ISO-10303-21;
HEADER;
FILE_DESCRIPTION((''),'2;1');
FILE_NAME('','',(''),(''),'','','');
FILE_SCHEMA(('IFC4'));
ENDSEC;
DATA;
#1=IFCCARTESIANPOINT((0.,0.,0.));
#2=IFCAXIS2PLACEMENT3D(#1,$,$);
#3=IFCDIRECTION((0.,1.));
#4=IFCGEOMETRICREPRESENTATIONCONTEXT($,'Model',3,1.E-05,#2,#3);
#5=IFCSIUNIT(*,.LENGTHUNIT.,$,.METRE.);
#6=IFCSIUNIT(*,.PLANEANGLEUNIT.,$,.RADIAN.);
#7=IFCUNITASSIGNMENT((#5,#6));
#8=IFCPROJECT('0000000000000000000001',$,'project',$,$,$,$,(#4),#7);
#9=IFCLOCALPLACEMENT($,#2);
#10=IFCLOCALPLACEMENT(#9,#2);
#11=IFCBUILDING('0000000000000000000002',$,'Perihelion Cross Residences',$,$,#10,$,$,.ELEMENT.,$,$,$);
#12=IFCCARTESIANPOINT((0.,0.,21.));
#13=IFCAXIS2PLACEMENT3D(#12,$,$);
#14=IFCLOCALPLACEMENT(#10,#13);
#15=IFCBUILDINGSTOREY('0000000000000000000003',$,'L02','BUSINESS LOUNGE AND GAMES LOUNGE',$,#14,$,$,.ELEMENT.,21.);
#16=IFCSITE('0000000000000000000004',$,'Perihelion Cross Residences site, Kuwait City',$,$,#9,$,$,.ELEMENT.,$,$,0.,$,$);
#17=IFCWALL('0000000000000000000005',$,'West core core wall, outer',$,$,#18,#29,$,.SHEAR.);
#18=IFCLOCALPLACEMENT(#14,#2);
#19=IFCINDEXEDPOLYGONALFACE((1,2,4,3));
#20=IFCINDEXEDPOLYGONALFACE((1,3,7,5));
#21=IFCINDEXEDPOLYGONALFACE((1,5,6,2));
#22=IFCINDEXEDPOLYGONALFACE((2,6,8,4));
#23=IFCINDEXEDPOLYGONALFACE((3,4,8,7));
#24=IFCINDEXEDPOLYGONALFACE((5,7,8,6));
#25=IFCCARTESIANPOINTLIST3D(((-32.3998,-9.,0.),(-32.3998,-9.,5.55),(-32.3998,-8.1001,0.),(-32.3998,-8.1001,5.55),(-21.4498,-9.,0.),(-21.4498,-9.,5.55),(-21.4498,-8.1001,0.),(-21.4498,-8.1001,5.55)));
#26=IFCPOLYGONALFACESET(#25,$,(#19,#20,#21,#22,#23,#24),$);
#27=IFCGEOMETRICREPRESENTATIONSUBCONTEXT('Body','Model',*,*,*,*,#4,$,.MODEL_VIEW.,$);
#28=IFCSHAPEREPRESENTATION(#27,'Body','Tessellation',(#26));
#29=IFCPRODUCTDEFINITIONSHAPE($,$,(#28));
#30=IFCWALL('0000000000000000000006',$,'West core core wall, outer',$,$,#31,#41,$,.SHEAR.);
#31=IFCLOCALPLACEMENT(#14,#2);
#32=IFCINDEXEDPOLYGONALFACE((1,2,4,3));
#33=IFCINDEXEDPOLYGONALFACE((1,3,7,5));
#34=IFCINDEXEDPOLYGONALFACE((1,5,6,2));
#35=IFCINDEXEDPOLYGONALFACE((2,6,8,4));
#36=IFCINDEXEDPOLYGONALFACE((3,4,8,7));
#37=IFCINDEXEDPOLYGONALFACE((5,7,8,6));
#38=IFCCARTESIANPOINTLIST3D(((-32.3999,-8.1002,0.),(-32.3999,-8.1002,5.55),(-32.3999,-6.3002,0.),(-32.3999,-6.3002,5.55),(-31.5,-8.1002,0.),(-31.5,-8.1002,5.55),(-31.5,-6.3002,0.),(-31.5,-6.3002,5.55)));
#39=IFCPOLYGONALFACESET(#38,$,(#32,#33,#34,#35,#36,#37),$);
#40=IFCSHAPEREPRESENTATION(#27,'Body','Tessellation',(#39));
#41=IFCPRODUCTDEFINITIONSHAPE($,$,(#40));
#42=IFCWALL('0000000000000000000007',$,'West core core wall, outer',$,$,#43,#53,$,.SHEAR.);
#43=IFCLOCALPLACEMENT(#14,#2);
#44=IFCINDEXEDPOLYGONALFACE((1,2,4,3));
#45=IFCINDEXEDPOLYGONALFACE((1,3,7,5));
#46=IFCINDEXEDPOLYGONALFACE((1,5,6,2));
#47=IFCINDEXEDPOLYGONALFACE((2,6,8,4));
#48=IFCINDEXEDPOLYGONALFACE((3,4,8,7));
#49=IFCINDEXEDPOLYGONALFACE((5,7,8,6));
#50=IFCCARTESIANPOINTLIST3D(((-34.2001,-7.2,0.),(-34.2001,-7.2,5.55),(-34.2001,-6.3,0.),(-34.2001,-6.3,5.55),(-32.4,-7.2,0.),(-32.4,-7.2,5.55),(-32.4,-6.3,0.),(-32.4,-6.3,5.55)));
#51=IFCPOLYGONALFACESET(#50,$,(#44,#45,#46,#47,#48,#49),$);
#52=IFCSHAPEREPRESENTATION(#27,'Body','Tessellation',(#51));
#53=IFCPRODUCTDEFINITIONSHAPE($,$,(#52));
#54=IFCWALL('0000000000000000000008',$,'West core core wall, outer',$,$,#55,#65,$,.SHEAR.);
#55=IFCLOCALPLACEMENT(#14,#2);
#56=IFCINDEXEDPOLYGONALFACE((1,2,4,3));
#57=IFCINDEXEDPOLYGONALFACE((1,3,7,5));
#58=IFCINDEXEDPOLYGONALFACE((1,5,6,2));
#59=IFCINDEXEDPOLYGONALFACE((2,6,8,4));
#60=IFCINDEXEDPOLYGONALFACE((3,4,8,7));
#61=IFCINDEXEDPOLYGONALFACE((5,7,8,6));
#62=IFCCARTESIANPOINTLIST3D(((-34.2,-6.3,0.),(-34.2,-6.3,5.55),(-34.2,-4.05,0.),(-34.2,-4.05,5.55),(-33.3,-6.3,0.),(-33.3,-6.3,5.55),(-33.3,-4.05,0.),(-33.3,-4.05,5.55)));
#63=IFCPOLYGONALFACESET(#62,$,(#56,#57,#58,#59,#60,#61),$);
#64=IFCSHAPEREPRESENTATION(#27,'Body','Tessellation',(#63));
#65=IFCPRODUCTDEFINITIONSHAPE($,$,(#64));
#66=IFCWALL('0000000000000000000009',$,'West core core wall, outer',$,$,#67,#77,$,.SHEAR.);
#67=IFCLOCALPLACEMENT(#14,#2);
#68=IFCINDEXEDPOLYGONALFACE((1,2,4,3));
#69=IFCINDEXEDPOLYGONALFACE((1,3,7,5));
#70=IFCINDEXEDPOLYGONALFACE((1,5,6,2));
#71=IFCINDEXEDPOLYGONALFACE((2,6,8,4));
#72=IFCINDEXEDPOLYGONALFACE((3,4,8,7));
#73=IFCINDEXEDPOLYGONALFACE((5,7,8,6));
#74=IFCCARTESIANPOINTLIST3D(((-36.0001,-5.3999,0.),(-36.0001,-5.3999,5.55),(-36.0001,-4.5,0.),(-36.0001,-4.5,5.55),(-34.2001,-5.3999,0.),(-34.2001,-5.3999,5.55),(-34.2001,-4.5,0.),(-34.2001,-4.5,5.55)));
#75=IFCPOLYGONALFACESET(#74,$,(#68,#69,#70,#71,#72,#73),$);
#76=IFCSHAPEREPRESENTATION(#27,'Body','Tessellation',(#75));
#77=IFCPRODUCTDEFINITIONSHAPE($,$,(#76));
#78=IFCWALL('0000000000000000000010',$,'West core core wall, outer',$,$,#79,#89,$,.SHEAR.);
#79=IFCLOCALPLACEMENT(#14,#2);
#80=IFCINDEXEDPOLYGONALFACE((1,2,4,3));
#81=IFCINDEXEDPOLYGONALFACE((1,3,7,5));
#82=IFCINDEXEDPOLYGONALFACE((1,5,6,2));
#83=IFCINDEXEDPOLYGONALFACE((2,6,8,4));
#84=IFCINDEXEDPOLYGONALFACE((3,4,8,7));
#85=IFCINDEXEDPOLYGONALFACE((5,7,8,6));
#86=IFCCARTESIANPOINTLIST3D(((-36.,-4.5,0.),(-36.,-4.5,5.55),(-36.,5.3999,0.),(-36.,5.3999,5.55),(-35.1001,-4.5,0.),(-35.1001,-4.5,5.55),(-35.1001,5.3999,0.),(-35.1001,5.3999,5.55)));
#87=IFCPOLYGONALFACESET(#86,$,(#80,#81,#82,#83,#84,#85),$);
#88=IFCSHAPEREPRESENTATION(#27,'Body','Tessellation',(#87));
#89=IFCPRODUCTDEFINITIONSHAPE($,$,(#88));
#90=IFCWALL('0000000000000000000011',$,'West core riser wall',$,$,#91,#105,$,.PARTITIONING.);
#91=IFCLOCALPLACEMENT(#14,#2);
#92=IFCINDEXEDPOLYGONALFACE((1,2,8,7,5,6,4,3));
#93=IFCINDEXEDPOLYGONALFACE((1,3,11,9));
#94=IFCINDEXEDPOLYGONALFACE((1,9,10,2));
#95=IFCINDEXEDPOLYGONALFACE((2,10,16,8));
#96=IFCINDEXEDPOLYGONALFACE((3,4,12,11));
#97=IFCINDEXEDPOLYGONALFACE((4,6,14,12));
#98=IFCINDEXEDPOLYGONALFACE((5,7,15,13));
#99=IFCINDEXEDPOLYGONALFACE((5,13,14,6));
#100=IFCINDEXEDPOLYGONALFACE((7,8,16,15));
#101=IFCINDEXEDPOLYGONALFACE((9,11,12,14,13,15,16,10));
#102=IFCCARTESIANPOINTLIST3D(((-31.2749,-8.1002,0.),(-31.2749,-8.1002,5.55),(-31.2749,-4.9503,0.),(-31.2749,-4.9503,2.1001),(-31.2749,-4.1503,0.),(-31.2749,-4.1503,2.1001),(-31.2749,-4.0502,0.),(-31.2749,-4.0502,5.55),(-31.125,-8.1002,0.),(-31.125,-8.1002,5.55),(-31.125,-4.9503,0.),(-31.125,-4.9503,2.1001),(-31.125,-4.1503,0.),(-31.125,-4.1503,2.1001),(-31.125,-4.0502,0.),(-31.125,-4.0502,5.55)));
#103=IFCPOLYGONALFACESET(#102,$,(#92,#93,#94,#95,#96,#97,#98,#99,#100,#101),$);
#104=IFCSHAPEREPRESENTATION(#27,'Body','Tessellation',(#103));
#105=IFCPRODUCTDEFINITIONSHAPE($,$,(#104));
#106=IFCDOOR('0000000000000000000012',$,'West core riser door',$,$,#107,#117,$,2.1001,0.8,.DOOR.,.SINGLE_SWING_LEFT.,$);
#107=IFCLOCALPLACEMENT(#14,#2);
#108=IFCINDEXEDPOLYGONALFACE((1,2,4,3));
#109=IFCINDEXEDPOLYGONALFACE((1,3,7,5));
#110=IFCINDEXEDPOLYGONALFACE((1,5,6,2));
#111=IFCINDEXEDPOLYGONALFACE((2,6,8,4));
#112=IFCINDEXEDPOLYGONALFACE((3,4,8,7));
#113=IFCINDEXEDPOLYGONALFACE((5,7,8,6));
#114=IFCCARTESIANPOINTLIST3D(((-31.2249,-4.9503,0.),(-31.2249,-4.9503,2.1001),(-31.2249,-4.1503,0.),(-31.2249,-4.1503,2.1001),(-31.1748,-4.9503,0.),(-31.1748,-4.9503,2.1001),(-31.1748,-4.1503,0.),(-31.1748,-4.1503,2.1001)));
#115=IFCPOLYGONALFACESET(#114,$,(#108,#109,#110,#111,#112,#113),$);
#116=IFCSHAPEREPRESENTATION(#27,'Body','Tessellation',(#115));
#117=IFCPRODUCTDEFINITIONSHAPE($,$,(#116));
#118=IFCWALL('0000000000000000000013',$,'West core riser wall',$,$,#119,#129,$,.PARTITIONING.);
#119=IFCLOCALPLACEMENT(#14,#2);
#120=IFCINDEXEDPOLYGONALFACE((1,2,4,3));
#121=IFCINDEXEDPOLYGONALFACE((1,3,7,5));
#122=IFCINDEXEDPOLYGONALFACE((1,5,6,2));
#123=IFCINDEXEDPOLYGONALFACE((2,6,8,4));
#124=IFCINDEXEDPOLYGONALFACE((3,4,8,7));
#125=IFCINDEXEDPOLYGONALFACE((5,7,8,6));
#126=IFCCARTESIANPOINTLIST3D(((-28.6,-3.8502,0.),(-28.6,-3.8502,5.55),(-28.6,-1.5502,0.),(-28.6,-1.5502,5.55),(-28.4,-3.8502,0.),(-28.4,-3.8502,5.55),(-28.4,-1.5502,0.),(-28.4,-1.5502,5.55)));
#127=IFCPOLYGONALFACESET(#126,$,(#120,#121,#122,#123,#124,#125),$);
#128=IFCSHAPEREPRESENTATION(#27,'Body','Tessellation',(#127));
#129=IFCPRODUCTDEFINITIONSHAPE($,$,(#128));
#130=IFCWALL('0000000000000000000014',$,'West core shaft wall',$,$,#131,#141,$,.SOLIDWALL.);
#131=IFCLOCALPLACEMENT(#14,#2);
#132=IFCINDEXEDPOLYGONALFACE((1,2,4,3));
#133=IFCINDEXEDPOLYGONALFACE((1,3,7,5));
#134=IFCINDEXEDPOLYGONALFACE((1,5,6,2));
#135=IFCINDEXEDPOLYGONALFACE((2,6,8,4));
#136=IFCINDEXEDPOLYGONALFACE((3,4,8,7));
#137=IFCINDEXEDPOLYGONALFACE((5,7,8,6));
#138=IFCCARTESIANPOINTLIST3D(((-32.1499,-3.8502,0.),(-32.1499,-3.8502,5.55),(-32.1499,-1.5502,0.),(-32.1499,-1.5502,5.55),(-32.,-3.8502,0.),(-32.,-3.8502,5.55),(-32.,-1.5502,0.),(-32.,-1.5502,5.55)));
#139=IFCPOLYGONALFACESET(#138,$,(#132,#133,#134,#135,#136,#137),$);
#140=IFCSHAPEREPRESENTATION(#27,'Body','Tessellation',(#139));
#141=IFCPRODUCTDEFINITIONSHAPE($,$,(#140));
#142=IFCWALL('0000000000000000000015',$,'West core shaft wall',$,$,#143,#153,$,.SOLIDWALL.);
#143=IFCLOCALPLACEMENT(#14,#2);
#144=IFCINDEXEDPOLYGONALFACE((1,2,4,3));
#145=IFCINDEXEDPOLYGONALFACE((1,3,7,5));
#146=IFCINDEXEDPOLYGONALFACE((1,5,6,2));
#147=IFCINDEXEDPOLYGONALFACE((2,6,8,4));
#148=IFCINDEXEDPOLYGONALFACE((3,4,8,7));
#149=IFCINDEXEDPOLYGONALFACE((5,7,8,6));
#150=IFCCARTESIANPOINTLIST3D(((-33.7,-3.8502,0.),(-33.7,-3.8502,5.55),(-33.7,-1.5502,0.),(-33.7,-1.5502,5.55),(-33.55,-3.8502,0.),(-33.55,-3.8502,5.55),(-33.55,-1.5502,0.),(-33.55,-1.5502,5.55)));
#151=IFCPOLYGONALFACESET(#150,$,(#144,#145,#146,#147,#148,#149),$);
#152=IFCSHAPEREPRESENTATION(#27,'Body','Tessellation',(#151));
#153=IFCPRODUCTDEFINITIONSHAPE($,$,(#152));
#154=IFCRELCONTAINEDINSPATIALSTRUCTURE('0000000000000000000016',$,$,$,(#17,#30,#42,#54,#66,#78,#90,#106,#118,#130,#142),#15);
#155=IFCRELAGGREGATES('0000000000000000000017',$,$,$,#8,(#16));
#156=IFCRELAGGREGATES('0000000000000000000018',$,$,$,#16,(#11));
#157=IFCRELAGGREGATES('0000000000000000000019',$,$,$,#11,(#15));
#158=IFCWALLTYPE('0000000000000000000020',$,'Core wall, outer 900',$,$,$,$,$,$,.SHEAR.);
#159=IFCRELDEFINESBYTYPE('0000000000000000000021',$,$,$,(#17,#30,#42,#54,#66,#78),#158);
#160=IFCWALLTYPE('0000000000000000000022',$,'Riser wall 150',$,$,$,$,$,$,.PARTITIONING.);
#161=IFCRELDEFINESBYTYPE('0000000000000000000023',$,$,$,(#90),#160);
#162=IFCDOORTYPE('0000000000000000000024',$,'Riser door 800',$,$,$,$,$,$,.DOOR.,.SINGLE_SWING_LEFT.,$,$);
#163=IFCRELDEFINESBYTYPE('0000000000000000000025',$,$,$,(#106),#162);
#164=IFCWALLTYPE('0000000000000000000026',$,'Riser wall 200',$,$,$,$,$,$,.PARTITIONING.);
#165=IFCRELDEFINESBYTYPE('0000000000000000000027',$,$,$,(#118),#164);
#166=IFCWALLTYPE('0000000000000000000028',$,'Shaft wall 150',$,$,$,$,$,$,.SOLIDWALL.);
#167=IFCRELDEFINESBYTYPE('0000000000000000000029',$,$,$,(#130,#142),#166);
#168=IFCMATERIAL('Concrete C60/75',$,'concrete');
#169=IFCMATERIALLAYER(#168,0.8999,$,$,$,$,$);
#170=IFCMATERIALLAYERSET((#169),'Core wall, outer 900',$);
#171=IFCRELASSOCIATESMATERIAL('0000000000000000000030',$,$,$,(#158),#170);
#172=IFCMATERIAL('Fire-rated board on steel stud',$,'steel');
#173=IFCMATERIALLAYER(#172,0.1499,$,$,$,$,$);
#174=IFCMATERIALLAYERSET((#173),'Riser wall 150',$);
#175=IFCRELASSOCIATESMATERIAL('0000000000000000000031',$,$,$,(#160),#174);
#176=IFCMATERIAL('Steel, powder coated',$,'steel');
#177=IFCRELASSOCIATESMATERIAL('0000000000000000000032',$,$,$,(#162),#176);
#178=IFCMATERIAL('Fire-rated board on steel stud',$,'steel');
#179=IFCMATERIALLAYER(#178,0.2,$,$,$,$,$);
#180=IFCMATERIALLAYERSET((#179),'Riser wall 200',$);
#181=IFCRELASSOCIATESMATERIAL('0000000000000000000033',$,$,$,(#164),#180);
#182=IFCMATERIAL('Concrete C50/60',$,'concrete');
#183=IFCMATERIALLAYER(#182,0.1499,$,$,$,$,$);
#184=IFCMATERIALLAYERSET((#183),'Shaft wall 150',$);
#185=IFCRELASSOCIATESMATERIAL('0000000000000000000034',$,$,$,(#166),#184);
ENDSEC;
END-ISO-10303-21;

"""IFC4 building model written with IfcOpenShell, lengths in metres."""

from ifc_helpers import new_model, si_unit, direction, frame, frame_2d, origin, place, context, subcontext, project, spatial, rectangle, extrude, material, layer, layer_set, type_object, element, fill, save


model = new_model("IFC4")

# Units and contexts
model_context = context("Model", 3, precision=1e-05, world=origin(), true_north=direction((0.0, 1.0)))
body_context = subcontext(model_context, "Body", "Model", "MODEL_VIEW")
ifc_project = project(units=[si_unit("LENGTHUNIT", "METRE"), si_unit("PLANEANGLEUNIT", "RADIAN")], contexts=[model_context])

# Site, building, storey
site_placement = place(None, origin())
site = spatial("IfcSite", under=ifc_project, at=site_placement, Name="Perihelion Cross Residences site, Kuwait City", CompositionType="ELEMENT", RefElevation=0.0)
building_placement = place(site_placement, origin())
building = spatial("IfcBuilding", under=site, at=building_placement, Name="Perihelion Cross Residences", CompositionType="ELEMENT")
storey_placement = place(building_placement, frame((0.0, 0.0, 21.0)))
storey = spatial("IfcBuildingStorey", under=building, at=storey_placement, Name="L02", Description="BUSINESS LOUNGE AND GAMES LOUNGE", CompositionType="ELEMENT", Elevation=21.0)

# Walls
ifc_material_1 = material(Name="Concrete C60/75", Category="concrete")
ifc_layer_1 = layer(ifc_material_1, 0.8999)
ifc_layer_set_1 = layer_set([ifc_layer_1], Name="Core wall, outer 900")
wall_type_1 = type_object("IfcWallType", Name="Core wall, outer 900", PredefinedType="SHEAR", material=ifc_layer_set_1)
wall_1_placement = place(storey_placement, frame((-32.3999, -8.55, 0.0), z_axis=(0.0, 0.0, 1.0), x_axis=(1.0, 0.0, 0.0)))
element("IfcWall", 1, at=wall_1_placement, inside=storey, type_object=wall_type_1, Name="West core core wall, outer", PredefinedType="SHEAR", context=body_context, shape_type="SweptSolid", body=[
    extrude(rectangle(XDim=10.95, YDim=0.8999, at=frame_2d((5.4751, 0.0))), origin(), (0.0, 0.0, 1.0), 5.55),
])
for number, where, z_axis, x_axis, name in (
    (2, (-31.95, -8.1001, 0.0), (0.0, 0.0, 1.0), (0.0, 1.0, 0.0), "West core core wall, outer"),
    (3, (-34.2, -6.75, 0.0), (0.0, 0.0, 1.0), (1.0, 0.0, 0.0), "West core core wall, outer"),
):
    element("IfcWall", number, at=place(storey_placement, frame(where, z_axis=z_axis, x_axis=x_axis)), inside=storey, type_object=wall_type_1, Name=name, PredefinedType="SHEAR", context=body_context, shape_type="SweptSolid", body=[
        extrude(rectangle(XDim=1.8, YDim=0.8999, at=frame_2d((0.8999, 0.0))), origin(), (0.0, 0.0, 1.0), 5.55),
    ])
wall_2_placement = place(storey_placement, frame((-33.75, -6.3, 0.0), z_axis=(0.0, 0.0, 1.0), x_axis=(0.0, 1.0, 0.0)))
element("IfcWall", 4, at=wall_2_placement, inside=storey, type_object=wall_type_1, Name="West core core wall, outer", PredefinedType="SHEAR", context=body_context, shape_type="SweptSolid", body=[
    extrude(rectangle(XDim=2.25, YDim=0.8999, at=frame_2d((1.125, 0.0))), origin(), (0.0, 0.0, 1.0), 5.55),
])
wall_3_placement = place(storey_placement, frame((-36.0, -4.95, 0.0), z_axis=(0.0, 0.0, 1.0), x_axis=(1.0, 0.0, 0.0)))
element("IfcWall", 5, at=wall_3_placement, inside=storey, type_object=wall_type_1, Name="West core core wall, outer", PredefinedType="SHEAR", context=body_context, shape_type="SweptSolid", body=[
    extrude(rectangle(XDim=1.8, YDim=0.8999, at=frame_2d((0.8999, 0.0))), origin(), (0.0, 0.0, 1.0), 5.55),
])
wall_4_placement = place(storey_placement, frame((-35.55, -4.5, 0.0), z_axis=(0.0, 0.0, 1.0), x_axis=(0.0, 1.0, 0.0)))
element("IfcWall", 6, at=wall_4_placement, inside=storey, type_object=wall_type_1, Name="West core core wall, outer", PredefinedType="SHEAR", context=body_context, shape_type="SweptSolid", body=[
    extrude(rectangle(XDim=9.8999, YDim=0.8999, at=frame_2d((4.95, 0.0))), origin(), (0.0, 0.0, 1.0), 5.55),
])

# Wall, opening, door
ifc_material_2 = material(Name="Fire-rated board on steel stud", Category="steel")
ifc_layer_2 = layer(ifc_material_2, 0.1499)
ifc_layer_set_2 = layer_set([ifc_layer_2], Name="Riser wall 150")
wall_type_2 = type_object("IfcWallType", Name="Riser wall 150", PredefinedType="PARTITIONING", material=ifc_layer_set_2)
wall_5_placement = place(storey_placement, frame((-31.2, -8.1001, 0.0), z_axis=(0.0, 0.0, 1.0), x_axis=(0.0, 1.0, 0.0)))
wall_5 = element("IfcWall", 7, at=wall_5_placement, inside=storey, type_object=wall_type_2, Name="West core riser wall", PredefinedType="PARTITIONING", context=body_context, shape_type="SweptSolid", body=[
    extrude(rectangle(XDim=4.05, YDim=0.1499, at=frame_2d((2.0249, 0.0))), origin(), (0.0, 0.0, 1.0), 5.55),
])
opening_1_placement = place(wall_5_placement, frame((3.1499, 0.0, 0.0)))
opening_1 = element("IfcOpeningElement", 8, at=opening_1_placement, cuts=wall_5, PredefinedType="OPENING", context=body_context, shape_type="SweptSolid", body=[
    extrude(rectangle(XDim=0.8, YDim=2.1001, at=frame_2d((0.3999, 1.05))), frame((0.0, 0.085, 0.0), z_axis=(0.0, -1.0, 0.0), x_axis=(1.0, 0.0, 0.0)), (0.0, 0.0, 1.0), 0.1699),
])
ifc_material_3 = material(Name="Steel, powder coated", Category="steel")
door_type_1 = type_object("IfcDoorType", Name="Riser door 800", OperationType="SINGLE_SWING_LEFT", PredefinedType="DOOR", material=ifc_material_3)
door_1_placement = place(opening_1_placement, origin())
door_1 = element("IfcDoor", 9, at=door_1_placement, inside=storey, type_object=door_type_1, Name="West core riser door", OperationType="SINGLE_SWING_LEFT", OverallHeight=2.1001, OverallWidth=0.8, PredefinedType="DOOR", context=body_context, shape_type="SweptSolid", body=[
    extrude(rectangle(XDim=0.8, YDim=2.1001, at=frame_2d((0.3999, 1.05))), frame((0.0, 0.0249, 0.0), z_axis=(0.0, -1.0, 0.0), x_axis=(1.0, 0.0, 0.0)), (0.0, 0.0, 1.0), 0.05),
])
fill(opening_1, door_1)

# Walls
ifc_material_4 = material(Name="Fire-rated board on steel stud", Category="steel")
ifc_layer_3 = layer(ifc_material_4, 0.2)
ifc_layer_set_3 = layer_set([ifc_layer_3], Name="Riser wall 200")
wall_type_3 = type_object("IfcWallType", Name="Riser wall 200", PredefinedType="PARTITIONING", material=ifc_layer_set_3)
wall_6_placement = place(storey_placement, frame((-28.5, -3.8501, 0.0), z_axis=(0.0, 0.0, 1.0), x_axis=(0.0, 1.0, 0.0)))
element("IfcWall", 10, at=wall_6_placement, inside=storey, type_object=wall_type_3, Name="West core riser wall", PredefinedType="PARTITIONING", context=body_context, shape_type="SweptSolid", body=[
    extrude(rectangle(XDim=2.3, YDim=0.2, at=frame_2d((1.1499, 0.0))), origin(), (0.0, 0.0, 1.0), 5.55),
])
ifc_material_5 = material(Name="Concrete C50/60", Category="concrete")
ifc_layer_4 = layer(ifc_material_5, 0.1499)
ifc_layer_set_4 = layer_set([ifc_layer_4], Name="Shaft wall 150")
wall_type_4 = type_object("IfcWallType", Name="Shaft wall 150", PredefinedType="SOLIDWALL", material=ifc_layer_set_4)
for number, where, z_axis, x_axis, name in (
    (11, (-32.075, -3.8501, 0.0), (0.0, 0.0, 1.0), (0.0, 1.0, 0.0), "West core shaft wall"),
    (12, (-33.625, -3.8501, 0.0), (0.0, 0.0, 1.0), (0.0, 1.0, 0.0), "West core shaft wall"),
):
    element("IfcWall", number, at=place(storey_placement, frame(where, z_axis=z_axis, x_axis=x_axis)), inside=storey, type_object=wall_type_4, Name=name, PredefinedType="SOLIDWALL", context=body_context, shape_type="SweptSolid", body=[
        extrude(rectangle(XDim=2.3, YDim=0.1499, at=frame_2d((1.1499, 0.0))), origin(), (0.0, 0.0, 1.0), 5.55),
    ])

save(model, "model.ifc")
